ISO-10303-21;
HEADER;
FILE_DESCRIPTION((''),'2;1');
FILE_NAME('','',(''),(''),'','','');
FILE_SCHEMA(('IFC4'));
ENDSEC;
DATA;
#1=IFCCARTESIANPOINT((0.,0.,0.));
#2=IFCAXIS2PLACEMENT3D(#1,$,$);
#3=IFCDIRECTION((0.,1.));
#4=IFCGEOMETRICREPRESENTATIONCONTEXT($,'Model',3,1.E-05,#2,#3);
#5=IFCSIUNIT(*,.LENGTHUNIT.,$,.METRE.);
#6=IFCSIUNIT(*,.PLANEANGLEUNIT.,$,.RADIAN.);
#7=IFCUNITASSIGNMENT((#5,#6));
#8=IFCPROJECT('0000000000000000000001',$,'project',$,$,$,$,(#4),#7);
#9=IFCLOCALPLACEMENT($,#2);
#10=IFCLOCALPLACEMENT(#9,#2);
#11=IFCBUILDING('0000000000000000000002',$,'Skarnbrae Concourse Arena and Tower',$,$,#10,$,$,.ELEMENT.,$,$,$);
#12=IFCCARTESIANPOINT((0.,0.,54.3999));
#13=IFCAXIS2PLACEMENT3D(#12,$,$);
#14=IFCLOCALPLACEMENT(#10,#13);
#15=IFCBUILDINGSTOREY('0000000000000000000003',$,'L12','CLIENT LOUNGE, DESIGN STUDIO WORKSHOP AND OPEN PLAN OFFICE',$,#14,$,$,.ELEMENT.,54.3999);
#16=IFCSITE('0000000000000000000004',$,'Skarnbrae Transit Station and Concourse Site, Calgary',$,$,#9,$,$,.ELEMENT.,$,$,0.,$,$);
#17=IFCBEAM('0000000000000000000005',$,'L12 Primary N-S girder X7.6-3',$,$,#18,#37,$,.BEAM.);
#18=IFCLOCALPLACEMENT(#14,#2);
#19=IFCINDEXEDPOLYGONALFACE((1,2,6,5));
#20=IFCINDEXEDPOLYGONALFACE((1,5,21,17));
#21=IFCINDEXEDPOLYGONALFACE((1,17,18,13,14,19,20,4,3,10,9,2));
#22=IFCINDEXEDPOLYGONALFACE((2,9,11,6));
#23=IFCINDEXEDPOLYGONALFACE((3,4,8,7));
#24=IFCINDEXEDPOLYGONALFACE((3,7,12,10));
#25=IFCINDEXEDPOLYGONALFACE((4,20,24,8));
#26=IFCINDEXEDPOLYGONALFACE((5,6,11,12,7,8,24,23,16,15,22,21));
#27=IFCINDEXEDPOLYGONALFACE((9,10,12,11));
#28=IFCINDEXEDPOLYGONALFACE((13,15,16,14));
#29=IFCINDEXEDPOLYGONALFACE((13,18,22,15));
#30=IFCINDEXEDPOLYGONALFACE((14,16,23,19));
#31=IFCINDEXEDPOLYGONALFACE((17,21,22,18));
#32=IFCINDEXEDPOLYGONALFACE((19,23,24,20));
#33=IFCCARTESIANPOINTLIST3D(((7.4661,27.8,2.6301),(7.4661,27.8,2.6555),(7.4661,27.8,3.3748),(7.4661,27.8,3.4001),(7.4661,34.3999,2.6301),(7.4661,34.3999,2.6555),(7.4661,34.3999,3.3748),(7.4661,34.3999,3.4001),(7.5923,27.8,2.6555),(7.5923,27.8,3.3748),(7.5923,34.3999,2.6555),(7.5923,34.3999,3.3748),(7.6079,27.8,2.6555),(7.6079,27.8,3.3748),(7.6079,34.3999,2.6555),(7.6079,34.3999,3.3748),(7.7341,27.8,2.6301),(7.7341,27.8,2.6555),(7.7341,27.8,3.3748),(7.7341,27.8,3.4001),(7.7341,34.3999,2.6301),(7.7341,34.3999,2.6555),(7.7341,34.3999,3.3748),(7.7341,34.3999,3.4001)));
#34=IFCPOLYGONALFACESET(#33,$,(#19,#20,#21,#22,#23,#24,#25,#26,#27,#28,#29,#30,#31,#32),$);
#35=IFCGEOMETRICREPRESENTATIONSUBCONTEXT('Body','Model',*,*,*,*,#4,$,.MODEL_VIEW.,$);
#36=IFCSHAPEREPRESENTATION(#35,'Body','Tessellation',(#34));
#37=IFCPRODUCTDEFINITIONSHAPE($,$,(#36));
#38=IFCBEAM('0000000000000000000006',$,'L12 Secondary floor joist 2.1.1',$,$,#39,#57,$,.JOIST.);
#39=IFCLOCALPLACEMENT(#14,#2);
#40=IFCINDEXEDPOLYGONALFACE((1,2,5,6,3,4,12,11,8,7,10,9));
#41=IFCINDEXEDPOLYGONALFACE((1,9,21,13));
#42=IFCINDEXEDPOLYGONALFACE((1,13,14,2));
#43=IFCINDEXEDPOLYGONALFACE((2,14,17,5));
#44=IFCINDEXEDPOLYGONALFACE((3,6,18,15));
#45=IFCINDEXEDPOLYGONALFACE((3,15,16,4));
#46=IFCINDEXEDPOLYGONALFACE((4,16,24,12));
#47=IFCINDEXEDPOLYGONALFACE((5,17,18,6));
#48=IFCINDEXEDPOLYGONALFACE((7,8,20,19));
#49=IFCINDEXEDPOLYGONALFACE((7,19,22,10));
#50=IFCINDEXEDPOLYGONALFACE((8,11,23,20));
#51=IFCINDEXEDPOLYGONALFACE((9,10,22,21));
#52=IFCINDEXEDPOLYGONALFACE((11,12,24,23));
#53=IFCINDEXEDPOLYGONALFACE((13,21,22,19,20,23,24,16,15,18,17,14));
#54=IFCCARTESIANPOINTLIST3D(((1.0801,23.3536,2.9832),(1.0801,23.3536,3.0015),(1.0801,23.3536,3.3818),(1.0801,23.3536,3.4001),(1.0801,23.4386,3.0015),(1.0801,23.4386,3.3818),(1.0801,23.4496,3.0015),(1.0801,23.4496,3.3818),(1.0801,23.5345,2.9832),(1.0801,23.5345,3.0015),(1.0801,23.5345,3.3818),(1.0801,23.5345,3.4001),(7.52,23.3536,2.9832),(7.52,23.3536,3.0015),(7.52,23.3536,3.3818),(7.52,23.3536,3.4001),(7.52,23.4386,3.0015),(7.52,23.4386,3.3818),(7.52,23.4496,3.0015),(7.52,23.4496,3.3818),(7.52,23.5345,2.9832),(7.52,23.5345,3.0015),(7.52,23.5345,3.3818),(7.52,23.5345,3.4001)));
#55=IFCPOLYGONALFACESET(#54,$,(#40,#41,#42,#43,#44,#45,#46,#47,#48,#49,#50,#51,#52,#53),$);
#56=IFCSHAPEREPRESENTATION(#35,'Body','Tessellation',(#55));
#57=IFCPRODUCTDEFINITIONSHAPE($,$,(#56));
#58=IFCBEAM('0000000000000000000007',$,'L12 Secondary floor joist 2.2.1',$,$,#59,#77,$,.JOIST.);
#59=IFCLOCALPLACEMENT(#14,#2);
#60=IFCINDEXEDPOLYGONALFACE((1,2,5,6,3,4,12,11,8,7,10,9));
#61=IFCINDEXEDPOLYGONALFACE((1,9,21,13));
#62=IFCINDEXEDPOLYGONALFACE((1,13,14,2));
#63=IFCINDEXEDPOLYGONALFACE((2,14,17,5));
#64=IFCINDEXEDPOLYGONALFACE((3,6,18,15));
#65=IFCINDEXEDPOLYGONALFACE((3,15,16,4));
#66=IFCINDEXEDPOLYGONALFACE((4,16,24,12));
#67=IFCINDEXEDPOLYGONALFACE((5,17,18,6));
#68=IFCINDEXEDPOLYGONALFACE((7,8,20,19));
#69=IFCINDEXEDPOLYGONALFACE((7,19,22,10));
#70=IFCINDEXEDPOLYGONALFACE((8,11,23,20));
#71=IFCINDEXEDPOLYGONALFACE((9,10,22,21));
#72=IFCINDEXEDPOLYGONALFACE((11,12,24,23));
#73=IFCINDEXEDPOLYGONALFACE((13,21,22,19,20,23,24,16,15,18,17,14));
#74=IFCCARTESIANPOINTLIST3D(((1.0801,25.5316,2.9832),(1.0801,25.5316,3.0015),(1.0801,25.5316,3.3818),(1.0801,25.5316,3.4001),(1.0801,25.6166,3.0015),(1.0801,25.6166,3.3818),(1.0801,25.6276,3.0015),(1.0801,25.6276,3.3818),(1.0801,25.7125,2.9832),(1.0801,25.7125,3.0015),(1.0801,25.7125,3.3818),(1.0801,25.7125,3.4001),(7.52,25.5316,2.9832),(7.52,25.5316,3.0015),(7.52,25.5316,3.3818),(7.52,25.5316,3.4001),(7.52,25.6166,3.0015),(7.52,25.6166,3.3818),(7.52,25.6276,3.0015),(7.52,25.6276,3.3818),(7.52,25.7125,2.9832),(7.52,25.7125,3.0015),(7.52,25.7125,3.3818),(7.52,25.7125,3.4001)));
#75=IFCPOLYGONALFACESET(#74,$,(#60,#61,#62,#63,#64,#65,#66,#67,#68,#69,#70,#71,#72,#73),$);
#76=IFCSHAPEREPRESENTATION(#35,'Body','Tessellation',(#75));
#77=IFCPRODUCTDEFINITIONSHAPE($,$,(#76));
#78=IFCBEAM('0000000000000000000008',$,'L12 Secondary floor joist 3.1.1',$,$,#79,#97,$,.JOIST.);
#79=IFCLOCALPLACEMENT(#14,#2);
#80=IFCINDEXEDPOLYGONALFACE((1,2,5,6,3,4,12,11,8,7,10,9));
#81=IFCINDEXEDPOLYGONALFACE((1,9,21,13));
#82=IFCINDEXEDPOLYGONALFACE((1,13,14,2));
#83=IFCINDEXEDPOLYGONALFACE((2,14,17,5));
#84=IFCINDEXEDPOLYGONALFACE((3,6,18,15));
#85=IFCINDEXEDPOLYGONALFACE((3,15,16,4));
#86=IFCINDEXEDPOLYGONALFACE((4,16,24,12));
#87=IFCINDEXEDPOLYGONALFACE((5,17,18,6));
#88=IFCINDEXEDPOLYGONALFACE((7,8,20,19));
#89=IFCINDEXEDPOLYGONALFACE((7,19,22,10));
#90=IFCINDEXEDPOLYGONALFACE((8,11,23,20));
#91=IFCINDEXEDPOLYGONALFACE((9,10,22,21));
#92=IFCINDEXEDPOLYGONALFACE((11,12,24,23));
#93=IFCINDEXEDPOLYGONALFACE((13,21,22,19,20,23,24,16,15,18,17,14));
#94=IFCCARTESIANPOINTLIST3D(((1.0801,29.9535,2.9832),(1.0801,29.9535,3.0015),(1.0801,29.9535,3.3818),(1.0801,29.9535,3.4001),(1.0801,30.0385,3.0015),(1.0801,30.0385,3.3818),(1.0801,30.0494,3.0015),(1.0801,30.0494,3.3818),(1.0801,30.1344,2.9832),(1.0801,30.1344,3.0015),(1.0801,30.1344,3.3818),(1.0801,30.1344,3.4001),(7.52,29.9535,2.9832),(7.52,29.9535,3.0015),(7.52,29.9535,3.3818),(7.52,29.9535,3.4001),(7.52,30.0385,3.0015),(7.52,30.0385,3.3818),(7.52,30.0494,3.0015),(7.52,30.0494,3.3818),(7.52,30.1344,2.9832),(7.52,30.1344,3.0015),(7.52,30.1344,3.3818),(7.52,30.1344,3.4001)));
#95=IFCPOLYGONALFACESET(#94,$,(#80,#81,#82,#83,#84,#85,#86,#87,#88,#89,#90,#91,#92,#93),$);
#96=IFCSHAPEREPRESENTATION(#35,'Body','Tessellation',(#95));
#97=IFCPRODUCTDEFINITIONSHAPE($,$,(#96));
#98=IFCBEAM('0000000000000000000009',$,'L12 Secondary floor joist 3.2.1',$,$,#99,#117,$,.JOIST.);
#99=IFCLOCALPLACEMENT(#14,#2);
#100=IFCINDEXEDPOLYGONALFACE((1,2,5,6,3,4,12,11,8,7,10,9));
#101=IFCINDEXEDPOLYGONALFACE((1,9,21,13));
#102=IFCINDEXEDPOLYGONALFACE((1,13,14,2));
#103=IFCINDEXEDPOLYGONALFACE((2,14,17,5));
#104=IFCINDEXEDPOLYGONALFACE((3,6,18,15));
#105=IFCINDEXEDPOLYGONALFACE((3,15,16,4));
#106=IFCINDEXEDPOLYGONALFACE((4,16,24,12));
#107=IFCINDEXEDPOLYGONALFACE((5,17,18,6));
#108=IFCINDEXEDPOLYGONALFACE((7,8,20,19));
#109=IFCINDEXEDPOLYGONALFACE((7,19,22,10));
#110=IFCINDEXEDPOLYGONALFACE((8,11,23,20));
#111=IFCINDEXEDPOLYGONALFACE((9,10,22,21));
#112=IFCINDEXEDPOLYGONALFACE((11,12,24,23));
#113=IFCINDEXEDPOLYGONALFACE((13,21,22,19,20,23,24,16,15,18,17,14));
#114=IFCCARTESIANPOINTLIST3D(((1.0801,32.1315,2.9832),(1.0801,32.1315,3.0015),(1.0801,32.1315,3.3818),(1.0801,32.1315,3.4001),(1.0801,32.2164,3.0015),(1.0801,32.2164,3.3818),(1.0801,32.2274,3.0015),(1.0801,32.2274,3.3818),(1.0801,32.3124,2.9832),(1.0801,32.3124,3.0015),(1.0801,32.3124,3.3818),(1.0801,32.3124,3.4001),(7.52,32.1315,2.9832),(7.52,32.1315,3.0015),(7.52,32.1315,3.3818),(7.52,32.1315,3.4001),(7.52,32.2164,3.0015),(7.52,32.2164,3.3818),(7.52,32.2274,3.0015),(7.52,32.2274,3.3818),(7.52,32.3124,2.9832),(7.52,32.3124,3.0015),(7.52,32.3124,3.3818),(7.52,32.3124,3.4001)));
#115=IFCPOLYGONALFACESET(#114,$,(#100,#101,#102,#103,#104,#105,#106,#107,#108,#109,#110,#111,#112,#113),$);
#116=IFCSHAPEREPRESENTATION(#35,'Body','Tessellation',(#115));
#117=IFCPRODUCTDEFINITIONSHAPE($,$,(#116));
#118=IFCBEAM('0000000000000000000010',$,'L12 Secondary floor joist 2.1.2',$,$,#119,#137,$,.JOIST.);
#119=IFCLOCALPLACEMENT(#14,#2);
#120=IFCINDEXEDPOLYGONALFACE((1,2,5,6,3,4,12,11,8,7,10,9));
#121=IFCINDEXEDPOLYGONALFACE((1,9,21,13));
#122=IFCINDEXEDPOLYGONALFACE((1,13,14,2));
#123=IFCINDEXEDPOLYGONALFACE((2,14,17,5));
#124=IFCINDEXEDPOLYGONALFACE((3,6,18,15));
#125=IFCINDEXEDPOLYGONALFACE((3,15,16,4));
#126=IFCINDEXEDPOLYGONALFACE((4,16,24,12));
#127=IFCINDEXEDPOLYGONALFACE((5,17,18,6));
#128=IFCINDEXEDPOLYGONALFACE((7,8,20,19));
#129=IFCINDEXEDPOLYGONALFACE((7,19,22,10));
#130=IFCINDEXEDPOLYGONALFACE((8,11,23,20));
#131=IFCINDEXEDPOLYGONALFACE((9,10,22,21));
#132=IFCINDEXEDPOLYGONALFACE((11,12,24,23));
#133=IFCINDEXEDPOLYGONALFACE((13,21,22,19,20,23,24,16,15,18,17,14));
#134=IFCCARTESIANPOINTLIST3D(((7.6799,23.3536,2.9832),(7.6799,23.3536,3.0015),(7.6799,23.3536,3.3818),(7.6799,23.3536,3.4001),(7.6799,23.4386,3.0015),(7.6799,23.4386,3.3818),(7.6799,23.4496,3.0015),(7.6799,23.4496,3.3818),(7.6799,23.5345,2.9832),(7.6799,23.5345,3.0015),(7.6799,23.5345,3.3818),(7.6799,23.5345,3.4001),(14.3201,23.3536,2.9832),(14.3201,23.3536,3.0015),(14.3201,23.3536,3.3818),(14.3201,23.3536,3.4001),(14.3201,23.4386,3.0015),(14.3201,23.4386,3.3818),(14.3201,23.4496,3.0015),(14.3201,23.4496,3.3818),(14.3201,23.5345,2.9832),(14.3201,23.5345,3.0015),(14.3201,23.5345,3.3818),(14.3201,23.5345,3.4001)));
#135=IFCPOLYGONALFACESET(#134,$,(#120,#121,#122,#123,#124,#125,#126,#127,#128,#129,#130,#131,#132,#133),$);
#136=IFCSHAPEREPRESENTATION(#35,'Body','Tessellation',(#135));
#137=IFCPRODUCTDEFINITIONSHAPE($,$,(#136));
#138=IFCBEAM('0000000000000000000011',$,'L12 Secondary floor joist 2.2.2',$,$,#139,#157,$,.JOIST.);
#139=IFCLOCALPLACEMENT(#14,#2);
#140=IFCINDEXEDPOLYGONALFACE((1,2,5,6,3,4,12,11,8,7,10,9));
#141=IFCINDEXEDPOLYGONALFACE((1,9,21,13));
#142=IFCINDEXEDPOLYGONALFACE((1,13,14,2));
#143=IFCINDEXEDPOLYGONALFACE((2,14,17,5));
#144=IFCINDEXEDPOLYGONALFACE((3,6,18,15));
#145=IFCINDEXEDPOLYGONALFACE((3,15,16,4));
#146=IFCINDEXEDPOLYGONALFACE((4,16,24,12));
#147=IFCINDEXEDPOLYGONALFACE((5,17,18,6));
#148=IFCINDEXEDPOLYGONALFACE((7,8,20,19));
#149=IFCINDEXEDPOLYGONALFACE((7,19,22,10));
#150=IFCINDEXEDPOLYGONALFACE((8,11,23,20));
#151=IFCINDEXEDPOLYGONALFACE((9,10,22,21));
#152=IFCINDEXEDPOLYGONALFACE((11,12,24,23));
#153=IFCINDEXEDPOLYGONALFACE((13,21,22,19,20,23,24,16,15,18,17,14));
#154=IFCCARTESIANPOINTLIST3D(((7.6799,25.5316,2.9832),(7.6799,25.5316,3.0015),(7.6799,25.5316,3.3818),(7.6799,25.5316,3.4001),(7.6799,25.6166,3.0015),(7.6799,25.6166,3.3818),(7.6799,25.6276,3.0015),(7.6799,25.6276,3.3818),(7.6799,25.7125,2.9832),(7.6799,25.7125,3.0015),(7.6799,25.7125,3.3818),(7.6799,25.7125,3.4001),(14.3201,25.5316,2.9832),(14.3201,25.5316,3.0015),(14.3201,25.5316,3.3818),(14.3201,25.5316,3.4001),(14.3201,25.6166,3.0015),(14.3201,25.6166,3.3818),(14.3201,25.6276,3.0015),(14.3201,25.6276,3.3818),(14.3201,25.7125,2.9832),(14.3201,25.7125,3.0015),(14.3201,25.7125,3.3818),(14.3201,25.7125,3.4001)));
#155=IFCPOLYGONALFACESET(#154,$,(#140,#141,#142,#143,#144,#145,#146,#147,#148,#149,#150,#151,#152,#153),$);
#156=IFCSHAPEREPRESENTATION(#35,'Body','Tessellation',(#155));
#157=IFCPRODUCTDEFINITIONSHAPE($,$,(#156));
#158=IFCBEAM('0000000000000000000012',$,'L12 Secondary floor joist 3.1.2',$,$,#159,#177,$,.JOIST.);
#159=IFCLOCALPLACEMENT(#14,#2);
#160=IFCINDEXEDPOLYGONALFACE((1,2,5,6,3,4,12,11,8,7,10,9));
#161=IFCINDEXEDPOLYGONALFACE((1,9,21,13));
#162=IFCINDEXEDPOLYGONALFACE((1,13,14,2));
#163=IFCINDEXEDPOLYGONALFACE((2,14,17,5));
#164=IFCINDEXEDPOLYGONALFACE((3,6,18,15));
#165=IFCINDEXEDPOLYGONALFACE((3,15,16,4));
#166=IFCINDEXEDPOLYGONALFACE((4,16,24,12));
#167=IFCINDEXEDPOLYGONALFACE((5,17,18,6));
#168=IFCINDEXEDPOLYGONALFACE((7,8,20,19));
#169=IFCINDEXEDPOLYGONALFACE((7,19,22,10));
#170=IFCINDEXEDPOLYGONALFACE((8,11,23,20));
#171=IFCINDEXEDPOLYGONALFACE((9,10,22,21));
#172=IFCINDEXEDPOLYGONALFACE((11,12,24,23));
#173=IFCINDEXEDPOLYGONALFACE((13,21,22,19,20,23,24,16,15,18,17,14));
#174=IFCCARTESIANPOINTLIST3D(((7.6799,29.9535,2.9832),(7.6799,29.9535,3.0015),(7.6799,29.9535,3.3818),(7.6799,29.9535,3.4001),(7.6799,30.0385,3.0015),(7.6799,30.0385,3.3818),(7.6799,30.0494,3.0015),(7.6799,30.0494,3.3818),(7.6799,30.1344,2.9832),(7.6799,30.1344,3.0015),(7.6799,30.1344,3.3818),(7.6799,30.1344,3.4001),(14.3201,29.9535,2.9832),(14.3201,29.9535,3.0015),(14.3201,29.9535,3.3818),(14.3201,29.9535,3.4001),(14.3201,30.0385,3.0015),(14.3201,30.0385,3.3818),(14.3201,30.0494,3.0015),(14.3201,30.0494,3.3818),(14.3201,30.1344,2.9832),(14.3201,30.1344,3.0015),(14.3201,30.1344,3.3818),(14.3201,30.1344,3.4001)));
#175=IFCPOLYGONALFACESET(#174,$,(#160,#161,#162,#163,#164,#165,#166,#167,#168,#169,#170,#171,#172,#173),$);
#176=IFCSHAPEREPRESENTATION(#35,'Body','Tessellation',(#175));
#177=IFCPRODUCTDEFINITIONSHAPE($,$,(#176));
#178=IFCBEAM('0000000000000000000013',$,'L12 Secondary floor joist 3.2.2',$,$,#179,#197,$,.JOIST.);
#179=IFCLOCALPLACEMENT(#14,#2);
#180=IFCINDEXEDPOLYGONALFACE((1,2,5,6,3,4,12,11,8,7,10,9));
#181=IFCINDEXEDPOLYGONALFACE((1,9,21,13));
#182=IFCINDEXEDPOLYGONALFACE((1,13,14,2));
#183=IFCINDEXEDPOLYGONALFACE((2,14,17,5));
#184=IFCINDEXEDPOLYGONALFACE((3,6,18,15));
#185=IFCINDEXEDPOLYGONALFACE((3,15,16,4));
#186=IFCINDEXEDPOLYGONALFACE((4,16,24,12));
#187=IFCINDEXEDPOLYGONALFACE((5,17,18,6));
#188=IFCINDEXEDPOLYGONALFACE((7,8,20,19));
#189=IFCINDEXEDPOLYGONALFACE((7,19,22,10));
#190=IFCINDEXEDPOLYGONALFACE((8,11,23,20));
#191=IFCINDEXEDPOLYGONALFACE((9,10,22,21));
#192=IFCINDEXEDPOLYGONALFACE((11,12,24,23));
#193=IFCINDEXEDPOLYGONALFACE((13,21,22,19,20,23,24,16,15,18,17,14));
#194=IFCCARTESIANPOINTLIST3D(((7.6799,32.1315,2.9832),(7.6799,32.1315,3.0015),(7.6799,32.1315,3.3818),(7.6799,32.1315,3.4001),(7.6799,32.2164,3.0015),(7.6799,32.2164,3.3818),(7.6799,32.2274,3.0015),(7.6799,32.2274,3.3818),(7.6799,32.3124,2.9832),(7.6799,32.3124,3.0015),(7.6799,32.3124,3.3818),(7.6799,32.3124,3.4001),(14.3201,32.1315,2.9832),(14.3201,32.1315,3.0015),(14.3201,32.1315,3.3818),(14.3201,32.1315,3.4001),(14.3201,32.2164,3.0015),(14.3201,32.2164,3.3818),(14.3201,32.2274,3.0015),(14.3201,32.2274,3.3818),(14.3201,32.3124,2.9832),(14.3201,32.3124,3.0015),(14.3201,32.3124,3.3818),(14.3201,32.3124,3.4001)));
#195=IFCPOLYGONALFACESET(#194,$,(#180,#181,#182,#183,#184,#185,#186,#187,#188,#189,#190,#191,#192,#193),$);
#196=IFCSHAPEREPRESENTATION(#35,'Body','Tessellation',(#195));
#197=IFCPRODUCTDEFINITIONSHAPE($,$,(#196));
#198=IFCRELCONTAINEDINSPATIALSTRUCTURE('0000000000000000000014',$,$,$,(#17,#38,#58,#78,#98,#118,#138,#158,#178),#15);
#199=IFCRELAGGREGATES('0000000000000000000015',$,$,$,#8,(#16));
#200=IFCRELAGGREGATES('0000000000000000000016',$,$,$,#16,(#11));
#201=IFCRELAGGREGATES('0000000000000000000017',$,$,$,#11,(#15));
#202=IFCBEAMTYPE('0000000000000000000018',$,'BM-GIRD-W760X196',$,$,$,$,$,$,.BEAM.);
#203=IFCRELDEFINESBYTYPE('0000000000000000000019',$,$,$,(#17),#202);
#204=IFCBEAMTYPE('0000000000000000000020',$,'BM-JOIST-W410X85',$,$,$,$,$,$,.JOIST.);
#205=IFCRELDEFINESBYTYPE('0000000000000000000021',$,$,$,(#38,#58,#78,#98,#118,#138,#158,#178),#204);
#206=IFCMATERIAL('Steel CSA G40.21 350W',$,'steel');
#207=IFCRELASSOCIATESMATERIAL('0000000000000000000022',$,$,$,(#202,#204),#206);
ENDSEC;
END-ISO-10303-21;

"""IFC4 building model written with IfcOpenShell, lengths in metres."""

from ifc_helpers import new_model, si_unit, direction, frame, origin, origin_2d, place, context, subcontext, project, spatial, i_section, extrude, source, transform, mapped, material, material_profile, profile_set, type_object, element, save


model = new_model("IFC4")

# Units and contexts
model_context = context("Model", 3, precision=1e-05, world=origin(), true_north=direction((0.0, 1.0)))
body_context = subcontext(model_context, "Body", "Model", "MODEL_VIEW")
ifc_project = project(units=[si_unit("LENGTHUNIT", "METRE"), si_unit("PLANEANGLEUNIT", "RADIAN")], contexts=[model_context])

# Site, building, storey
site_placement = place(None, origin())
site = spatial("IfcSite", under=ifc_project, at=site_placement, Name="Skarnbrae Transit Station and Concourse Site, Calgary", CompositionType="ELEMENT", RefElevation=0.0)
building_placement = place(site_placement, origin())
building = spatial("IfcBuilding", under=site, at=building_placement, Name="Skarnbrae Concourse Arena and Tower", CompositionType="ELEMENT")
storey_placement = place(building_placement, frame((0.0, 0.0, 54.3999)))
storey = spatial("IfcBuildingStorey", under=building, at=storey_placement, Name="L12", Description="CLIENT LOUNGE, DESIGN STUDIO WORKSHOP AND OPEN PLAN OFFICE", CompositionType="ELEMENT", Elevation=54.3999)

# Shared definitions
ifc_material_1 = material(Name="Steel CSA G40.21 350W", Category="steel")

# Beams
ifc_material_profile_1 = material_profile(ifc_material_1, i_section(OverallWidth=0.2681, OverallDepth=0.77, WebThickness=0.0156, FlangeThickness=0.0254, at=origin_2d()), Name="W760X196")
ifc_profile_set_1 = profile_set([ifc_material_profile_1], Name="Steel CSA G40.21 350W")
beam_type_1 = type_object("IfcBeamType", Name="BM-GIRD-W760X196", PredefinedType="BEAM", material=ifc_profile_set_1)
shared_shape_1 = source(origin(), body_context, "Body", "SweptSolid", [
    extrude(i_section(OverallWidth=0.2681, OverallDepth=0.77, WebThickness=0.0156, FlangeThickness=0.0254, at=origin_2d()), origin(), (0.0, 0.0, 1.0), 6.5999),
])
beam_1_placement = place(storey_placement, frame((7.6001, 27.8, 3.0151), z_axis=(0.0, 1.0, 0.0), x_axis=(-1.0, 0.0, 0.0)))
element("IfcBeam", 1, at=beam_1_placement, inside=storey, type_object=beam_type_1, Name="L12 Primary N-S girder X7.6-3", PredefinedType="BEAM", context=body_context, shape_type="MappedRepresentation", body=[
    mapped(shared_shape_1, transform((0.0, 0.0, 0.0))),
])
ifc_material_profile_2 = material_profile(ifc_material_1, i_section(OverallWidth=0.1809, OverallDepth=0.417, WebThickness=0.011, FlangeThickness=0.0183, at=origin_2d()), Name="W410X85")
ifc_profile_set_2 = profile_set([ifc_material_profile_2], Name="Steel CSA G40.21 350W")
beam_type_2 = type_object("IfcBeamType", Name="BM-JOIST-W410X85", PredefinedType="JOIST", material=ifc_profile_set_2)
shared_shape_2 = source(origin(), body_context, "Body", "SweptSolid", [
    extrude(i_section(OverallWidth=0.1809, OverallDepth=0.417, WebThickness=0.011, FlangeThickness=0.0183, at=origin_2d()), origin(), (0.0, 0.0, 1.0), 6.4399),
])
for number, where, z_axis, x_axis, name in (
    (2, (1.0801, 23.4441, 3.1917), (1.0, 0.0, 0.0), (0.0, 1.0, 0.0), "L12 Secondary floor joist 2.1.1"),
    (3, (1.0801, 25.6221, 3.1917), (1.0, 0.0, 0.0), (0.0, 1.0, 0.0), "L12 Secondary floor joist 2.2.1"),
    (4, (1.0801, 30.0439, 3.1917), (1.0, 0.0, 0.0), (0.0, 1.0, 0.0), "L12 Secondary floor joist 3.1.1"),
    (5, (1.0801, 32.2219, 3.1917), (1.0, 0.0, 0.0), (0.0, 1.0, 0.0), "L12 Secondary floor joist 3.2.1"),
):
    element("IfcBeam", number, at=place(storey_placement, frame(where, z_axis=z_axis, x_axis=x_axis)), inside=storey, type_object=beam_type_2, Name=name, PredefinedType="JOIST", context=body_context, shape_type="MappedRepresentation", body=[
        mapped(shared_shape_2, transform((0.0, 0.0, 0.0))),
    ])
shared_shape_3 = source(origin(), body_context, "Body", "SweptSolid", [
    extrude(i_section(OverallWidth=0.1809, OverallDepth=0.417, WebThickness=0.011, FlangeThickness=0.0183, at=origin_2d()), origin(), (0.0, 0.0, 1.0), 6.6401),
])
for number, where, z_axis, x_axis, name in (
    (6, (7.6799, 23.4441, 3.1917), (1.0, 0.0, 0.0), (0.0, 1.0, 0.0), "L12 Secondary floor joist 2.1.2"),
    (7, (7.6799, 25.6221, 3.1917), (1.0, 0.0, 0.0), (0.0, 1.0, 0.0), "L12 Secondary floor joist 2.2.2"),
    (8, (7.6799, 30.0439, 3.1917), (1.0, 0.0, 0.0), (0.0, 1.0, 0.0), "L12 Secondary floor joist 3.1.2"),
    (9, (7.6799, 32.2219, 3.1917), (1.0, 0.0, 0.0), (0.0, 1.0, 0.0), "L12 Secondary floor joist 3.2.2"),
):
    element("IfcBeam", number, at=place(storey_placement, frame(where, z_axis=z_axis, x_axis=x_axis)), inside=storey, type_object=beam_type_2, Name=name, PredefinedType="JOIST", context=body_context, shape_type="MappedRepresentation", body=[
        mapped(shared_shape_3, transform((0.0, 0.0, 0.0))),
    ])

save(model, "model.ifc")
